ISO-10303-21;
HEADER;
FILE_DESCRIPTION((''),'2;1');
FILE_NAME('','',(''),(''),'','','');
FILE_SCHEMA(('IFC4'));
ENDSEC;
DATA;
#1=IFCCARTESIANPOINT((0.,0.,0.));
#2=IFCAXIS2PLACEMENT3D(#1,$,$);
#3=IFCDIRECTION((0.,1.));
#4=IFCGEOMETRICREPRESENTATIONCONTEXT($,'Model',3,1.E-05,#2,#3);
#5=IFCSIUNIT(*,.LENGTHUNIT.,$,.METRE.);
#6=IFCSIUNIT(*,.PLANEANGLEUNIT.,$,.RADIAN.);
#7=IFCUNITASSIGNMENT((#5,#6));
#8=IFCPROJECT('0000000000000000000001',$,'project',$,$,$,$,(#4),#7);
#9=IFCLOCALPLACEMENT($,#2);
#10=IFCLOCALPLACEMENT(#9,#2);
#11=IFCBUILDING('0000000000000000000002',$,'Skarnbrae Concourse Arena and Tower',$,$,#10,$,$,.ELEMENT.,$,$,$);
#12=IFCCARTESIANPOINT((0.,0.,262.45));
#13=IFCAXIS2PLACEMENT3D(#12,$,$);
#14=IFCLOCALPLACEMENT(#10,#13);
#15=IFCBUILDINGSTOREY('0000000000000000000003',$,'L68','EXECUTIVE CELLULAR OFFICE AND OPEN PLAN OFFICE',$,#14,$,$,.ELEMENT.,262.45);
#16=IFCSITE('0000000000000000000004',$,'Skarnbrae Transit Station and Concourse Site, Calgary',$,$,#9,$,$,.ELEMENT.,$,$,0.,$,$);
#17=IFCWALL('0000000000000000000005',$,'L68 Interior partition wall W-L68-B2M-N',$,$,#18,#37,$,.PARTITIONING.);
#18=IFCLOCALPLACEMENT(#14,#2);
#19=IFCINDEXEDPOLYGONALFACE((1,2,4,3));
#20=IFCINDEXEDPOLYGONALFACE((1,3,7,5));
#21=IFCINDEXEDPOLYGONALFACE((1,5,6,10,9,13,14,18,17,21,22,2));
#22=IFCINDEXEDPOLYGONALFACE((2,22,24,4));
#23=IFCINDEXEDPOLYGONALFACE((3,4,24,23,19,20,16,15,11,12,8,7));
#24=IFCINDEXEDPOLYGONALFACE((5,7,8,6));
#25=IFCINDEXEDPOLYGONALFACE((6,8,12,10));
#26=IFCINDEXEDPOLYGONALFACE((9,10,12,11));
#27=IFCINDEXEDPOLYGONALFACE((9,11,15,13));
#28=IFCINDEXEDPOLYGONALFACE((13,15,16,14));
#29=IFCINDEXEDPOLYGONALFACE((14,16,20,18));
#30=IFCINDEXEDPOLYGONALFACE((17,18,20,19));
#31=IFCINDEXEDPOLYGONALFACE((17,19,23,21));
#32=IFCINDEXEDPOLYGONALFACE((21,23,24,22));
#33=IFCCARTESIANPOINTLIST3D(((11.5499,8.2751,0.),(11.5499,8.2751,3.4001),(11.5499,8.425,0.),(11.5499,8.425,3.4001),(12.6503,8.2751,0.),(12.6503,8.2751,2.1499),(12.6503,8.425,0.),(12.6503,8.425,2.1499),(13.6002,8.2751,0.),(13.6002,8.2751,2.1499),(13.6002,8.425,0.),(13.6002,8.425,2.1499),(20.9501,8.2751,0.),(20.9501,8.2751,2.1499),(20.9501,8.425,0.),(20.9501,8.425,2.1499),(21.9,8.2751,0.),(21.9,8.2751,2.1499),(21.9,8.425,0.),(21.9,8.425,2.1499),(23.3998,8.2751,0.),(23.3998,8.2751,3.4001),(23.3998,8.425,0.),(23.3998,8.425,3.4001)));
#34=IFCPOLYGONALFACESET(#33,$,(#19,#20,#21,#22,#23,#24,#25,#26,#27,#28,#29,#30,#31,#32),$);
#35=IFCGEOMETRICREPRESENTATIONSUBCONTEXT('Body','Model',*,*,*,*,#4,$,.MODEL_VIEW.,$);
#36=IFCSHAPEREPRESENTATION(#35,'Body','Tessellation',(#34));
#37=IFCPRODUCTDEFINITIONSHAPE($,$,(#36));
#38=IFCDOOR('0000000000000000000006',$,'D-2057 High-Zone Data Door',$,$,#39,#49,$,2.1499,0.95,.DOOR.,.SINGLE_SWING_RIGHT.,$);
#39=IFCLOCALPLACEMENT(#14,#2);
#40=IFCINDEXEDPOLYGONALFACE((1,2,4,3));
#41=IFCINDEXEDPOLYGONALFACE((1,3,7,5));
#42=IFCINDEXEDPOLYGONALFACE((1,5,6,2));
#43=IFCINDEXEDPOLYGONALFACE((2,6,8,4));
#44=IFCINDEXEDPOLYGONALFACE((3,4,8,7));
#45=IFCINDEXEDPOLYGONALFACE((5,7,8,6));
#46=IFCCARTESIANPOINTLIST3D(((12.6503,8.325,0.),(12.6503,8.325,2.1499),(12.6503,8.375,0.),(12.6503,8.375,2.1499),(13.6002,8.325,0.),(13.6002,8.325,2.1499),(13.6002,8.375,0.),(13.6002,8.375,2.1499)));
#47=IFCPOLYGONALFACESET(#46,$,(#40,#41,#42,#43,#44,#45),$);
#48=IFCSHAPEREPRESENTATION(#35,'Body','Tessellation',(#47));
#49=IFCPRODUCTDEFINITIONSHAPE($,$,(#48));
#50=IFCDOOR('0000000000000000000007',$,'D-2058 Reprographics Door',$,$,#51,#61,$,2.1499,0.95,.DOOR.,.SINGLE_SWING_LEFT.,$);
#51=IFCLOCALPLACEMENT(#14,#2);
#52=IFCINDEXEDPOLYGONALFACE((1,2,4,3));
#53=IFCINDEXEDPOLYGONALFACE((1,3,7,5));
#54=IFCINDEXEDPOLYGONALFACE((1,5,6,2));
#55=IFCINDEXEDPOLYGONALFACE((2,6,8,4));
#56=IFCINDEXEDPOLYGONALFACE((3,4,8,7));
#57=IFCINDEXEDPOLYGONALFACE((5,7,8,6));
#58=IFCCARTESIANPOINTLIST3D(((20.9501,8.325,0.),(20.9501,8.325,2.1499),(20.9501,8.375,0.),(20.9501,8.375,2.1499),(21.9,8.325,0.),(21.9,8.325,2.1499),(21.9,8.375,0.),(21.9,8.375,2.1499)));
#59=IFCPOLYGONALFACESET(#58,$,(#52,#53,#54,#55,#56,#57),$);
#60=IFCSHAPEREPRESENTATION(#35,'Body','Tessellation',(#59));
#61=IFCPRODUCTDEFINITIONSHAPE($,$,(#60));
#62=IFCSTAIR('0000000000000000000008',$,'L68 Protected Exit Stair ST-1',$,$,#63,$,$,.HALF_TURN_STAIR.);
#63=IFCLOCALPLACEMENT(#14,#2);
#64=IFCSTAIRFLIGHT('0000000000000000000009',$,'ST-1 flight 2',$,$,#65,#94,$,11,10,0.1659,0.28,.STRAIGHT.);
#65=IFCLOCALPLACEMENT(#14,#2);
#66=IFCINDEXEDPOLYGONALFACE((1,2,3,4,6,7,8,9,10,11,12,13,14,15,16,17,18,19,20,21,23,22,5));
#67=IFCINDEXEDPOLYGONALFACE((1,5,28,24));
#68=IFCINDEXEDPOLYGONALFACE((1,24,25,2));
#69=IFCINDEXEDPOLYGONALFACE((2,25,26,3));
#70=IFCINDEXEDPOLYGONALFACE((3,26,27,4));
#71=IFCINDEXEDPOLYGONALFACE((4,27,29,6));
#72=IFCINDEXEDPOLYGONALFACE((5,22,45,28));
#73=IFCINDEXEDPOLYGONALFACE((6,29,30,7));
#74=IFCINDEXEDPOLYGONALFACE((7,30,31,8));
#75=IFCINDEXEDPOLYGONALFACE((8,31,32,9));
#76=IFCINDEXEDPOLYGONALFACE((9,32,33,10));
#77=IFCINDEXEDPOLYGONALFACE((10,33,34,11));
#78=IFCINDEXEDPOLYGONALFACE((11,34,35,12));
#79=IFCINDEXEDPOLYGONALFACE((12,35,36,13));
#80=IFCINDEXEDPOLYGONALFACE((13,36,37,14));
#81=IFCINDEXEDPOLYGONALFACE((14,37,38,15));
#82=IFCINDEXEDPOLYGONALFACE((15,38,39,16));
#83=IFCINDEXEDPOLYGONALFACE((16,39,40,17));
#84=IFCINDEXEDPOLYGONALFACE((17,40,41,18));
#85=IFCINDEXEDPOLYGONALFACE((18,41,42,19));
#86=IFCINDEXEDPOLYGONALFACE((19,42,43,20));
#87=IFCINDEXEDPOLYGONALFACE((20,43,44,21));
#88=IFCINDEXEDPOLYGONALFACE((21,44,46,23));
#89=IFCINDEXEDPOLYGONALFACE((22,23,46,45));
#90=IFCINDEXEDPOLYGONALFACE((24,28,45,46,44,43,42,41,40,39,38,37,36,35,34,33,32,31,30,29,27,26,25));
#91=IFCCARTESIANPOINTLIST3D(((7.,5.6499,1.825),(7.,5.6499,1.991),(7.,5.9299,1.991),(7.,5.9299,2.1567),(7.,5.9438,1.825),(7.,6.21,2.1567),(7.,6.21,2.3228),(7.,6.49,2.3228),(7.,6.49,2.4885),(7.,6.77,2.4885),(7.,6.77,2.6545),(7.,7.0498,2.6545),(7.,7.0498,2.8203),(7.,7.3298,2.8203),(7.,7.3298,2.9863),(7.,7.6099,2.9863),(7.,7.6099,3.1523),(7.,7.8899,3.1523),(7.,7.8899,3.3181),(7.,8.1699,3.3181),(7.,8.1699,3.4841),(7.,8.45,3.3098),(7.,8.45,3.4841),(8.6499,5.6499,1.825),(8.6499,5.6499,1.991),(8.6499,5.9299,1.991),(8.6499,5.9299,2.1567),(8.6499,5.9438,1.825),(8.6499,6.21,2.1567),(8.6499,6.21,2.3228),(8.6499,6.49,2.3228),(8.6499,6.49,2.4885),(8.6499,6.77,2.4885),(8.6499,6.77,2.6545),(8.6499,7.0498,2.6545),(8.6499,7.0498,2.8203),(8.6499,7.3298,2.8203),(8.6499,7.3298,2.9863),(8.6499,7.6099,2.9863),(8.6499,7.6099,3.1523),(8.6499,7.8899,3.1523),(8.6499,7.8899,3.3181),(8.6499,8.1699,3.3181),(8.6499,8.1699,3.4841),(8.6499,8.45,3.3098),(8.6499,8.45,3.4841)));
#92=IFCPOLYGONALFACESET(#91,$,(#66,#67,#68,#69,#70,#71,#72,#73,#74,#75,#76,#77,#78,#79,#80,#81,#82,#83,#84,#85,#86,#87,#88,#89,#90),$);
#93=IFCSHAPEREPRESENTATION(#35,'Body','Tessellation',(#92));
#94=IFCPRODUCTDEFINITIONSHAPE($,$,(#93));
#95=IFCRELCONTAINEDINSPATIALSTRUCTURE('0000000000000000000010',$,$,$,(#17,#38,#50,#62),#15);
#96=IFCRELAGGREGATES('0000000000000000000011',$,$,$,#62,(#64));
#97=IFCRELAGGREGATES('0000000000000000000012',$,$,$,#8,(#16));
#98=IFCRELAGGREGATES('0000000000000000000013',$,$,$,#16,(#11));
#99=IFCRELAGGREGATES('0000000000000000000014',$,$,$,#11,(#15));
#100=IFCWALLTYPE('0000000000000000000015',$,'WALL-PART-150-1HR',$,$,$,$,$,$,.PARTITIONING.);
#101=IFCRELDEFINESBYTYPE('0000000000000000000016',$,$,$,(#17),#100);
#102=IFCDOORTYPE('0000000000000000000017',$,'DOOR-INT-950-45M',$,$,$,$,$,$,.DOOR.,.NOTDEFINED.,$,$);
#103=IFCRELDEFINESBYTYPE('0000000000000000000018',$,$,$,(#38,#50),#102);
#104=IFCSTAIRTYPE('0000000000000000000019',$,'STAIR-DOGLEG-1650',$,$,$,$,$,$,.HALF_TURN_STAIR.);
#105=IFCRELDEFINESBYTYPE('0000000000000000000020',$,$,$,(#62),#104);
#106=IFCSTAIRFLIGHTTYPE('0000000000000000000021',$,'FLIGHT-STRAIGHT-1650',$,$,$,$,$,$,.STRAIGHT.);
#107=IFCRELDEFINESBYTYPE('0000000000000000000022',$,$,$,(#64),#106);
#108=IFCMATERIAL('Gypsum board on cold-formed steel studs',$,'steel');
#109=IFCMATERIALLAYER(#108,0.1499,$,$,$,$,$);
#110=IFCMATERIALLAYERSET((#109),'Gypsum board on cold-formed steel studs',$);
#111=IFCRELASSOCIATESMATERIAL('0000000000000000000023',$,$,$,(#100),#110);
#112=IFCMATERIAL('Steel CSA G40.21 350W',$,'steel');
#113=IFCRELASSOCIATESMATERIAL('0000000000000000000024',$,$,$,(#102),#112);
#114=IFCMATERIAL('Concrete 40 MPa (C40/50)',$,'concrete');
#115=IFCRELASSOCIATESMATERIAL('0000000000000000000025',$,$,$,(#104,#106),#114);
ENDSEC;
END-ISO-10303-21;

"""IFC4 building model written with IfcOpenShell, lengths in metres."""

from ifc_helpers import new_model, si_unit, direction, frame, frame_2d, origin, place, context, subcontext, project, spatial, polyline, rectangle, outline, extrude, source, transform, mapped, material, layer, layer_set, type_object, element, fill, aggregate, save


model = new_model("IFC4")

# Units and contexts
model_context = context("Model", 3, precision=1e-05, world=origin(), true_north=direction((0.0, 1.0)))
body_context = subcontext(model_context, "Body", "Model", "MODEL_VIEW")
ifc_project = project(units=[si_unit("LENGTHUNIT", "METRE"), si_unit("PLANEANGLEUNIT", "RADIAN")], contexts=[model_context])

# Site, building, storey
site_placement = place(None, origin())
site = spatial("IfcSite", under=ifc_project, at=site_placement, Name="Skarnbrae Transit Station and Concourse Site, Calgary", CompositionType="ELEMENT", RefElevation=0.0)
building_placement = place(site_placement, origin())
building = spatial("IfcBuilding", under=site, at=building_placement, Name="Skarnbrae Concourse Arena and Tower", CompositionType="ELEMENT")
storey_placement = place(building_placement, frame((0.0, 0.0, 262.45)))
storey = spatial("IfcBuildingStorey", under=building, at=storey_placement, Name="L68", Description="EXECUTIVE CELLULAR OFFICE AND OPEN PLAN OFFICE", CompositionType="ELEMENT", Elevation=262.45)

# Shared definitions
ifc_material_1 = material(Name="Gypsum board on cold-formed steel studs", Category="steel")

# Shared definitions
ifc_material_2 = material(Name="Steel CSA G40.21 350W", Category="steel")

# Shared definitions
ifc_layer_1 = layer(ifc_material_1, 0.1499)
ifc_layer_set_1 = layer_set([ifc_layer_1], Name="Gypsum board on cold-formed steel studs")
wall_type_1 = type_object("IfcWallType", Name="WALL-PART-150-1HR", PredefinedType="PARTITIONING", material=ifc_layer_set_1)

# Shared definitions
door_type_1 = type_object("IfcDoorType", Name="DOOR-INT-950-45M", OperationType="NOTDEFINED", PredefinedType="DOOR", material=ifc_material_2)
shared_shape_1 = source(origin(), body_context, "Body", "SweptSolid", [
    extrude(rectangle(XDim=0.95, YDim=2.1499, at=frame_2d((0.4751, 1.075))), frame((0.0, 0.0249, 0.0), z_axis=(0.0, -1.0, 0.0), x_axis=(1.0, 0.0, 0.0)), (0.0, 0.0, 1.0), 0.05),
])

# Shared definitions
shared_shape_2 = source(origin(), body_context, "Body", "SweptSolid", [
    extrude(rectangle(XDim=11.8499, YDim=0.1499, at=frame_2d((5.9248, 0.0))), origin(), (0.0, 0.0, 1.0), 3.4001),
])

# Wall, openings, doors
wall_1_placement = place(storey_placement, frame((11.55, 8.3501, 0.0), z_axis=(0.0, 0.0, 1.0), x_axis=(1.0, 0.0, 0.0)))
wall_1 = element("IfcWall", 1, at=wall_1_placement, inside=storey, type_object=wall_type_1, Name="L68 Interior partition wall W-L68-B2M-N", PredefinedType="PARTITIONING", context=body_context, shape_type="MappedRepresentation", body=[
    mapped(shared_shape_2, transform((0.0, 0.0, 0.0))),
])
opening_1_placement = place(wall_1_placement, frame((1.1001, 0.0, 0.0)))
opening_1 = element("IfcOpeningElement", 2, at=opening_1_placement, cuts=wall_1, PredefinedType="OPENING", context=body_context, shape_type="SweptSolid", body=[
    extrude(rectangle(XDim=0.95, YDim=2.1499, at=frame_2d((0.4751, 1.075))), frame((0.0, 0.085, 0.0), z_axis=(0.0, -1.0, 0.0), x_axis=(1.0, 0.0, 0.0)), (0.0, 0.0, 1.0), 0.1699),
])
opening_2_placement = place(wall_1_placement, frame((9.3999, 0.0, 0.0)))
opening_2 = element("IfcOpeningElement", 3, at=opening_2_placement, cuts=wall_1, PredefinedType="OPENING", context=body_context, shape_type="SweptSolid", body=[
    extrude(rectangle(XDim=0.95, YDim=2.1499, at=frame_2d((0.4751, 1.075))), frame((0.0, 0.085, 0.0), z_axis=(0.0, -1.0, 0.0), x_axis=(1.0, 0.0, 0.0)), (0.0, 0.0, 1.0), 0.1699),
])
door_1_placement = place(opening_1_placement, origin())
door_1 = element("IfcDoor", 4, at=door_1_placement, inside=storey, type_object=door_type_1, Name="D-2057 High-Zone Data Door", OperationType="SINGLE_SWING_RIGHT", OverallHeight=2.1499, OverallWidth=0.95, PredefinedType="DOOR", context=body_context, shape_type="MappedRepresentation", body=[
    mapped(shared_shape_1, transform((0.0, 0.0, 0.0))),
])
fill(opening_1, door_1)
door_2_placement = place(opening_2_placement, origin())
door_2 = element("IfcDoor", 5, at=door_2_placement, inside=storey, type_object=door_type_1, Name="D-2058 Reprographics Door", OperationType="SINGLE_SWING_LEFT", OverallHeight=2.1499, OverallWidth=0.95, PredefinedType="DOOR", context=body_context, shape_type="MappedRepresentation", body=[
    mapped(shared_shape_1, transform((0.0, 0.0, 0.0))),
])
fill(opening_2, door_2)

# Stair, stair flight
ifc_material_3 = material(Name="Concrete 40 MPa (C40/50)", Category="concrete")
stair_type = type_object("IfcStairType", Name="STAIR-DOGLEG-1650", PredefinedType="HALF_TURN_STAIR", material=ifc_material_3)
stair_placement = place(storey_placement, origin())
stair = element("IfcStair", 6, at=stair_placement, inside=storey, type_object=stair_type, Name="L68 Protected Exit Stair ST-1", PredefinedType="HALF_TURN_STAIR")
stair_flight_type = type_object("IfcStairFlightType", Name="FLIGHT-STRAIGHT-1650", PredefinedType="STRAIGHT", material=ifc_material_3)
shared_shape_3 = source(origin(), body_context, "Body", "SweptSolid", [
    extrude(outline(polyline([(0.0, 0.0), (0.0, 0.166), (0.28, 0.166), (0.28, 0.3318), (0.5601, 0.3318), (0.5601, 0.4978), (0.8401, 0.4978), (0.8401, 0.6636), (1.1201, 0.6636), (1.1201, 0.8296), (1.3999, 0.8296), (1.3999, 0.9954), (1.6799, 0.9954), (1.6799, 1.1614), (1.96, 1.1614), (1.96, 1.3274), (2.24, 1.3274), (2.24, 1.4932), (2.52, 1.4932), (2.52, 1.6592), (2.8, 1.6592), (2.8, 1.825), (2.8, 1.4849), (0.2939, 0.0), (0.0, 0.0)])), frame((0.0, 0.825, 0.0), z_axis=(0.0, -1.0, 0.0), x_axis=(1.0, 0.0, 0.0)), (0.0, 0.0, 1.0), 1.6499),
])
stair_flight_placement = place(storey_placement, frame((7.825, 5.6499, 1.825), z_axis=(0.0, 0.0, 1.0), x_axis=(0.0, 1.0, 0.0)))
stair_flight = element("IfcStairFlight", 7, at=stair_flight_placement, type_object=stair_flight_type, Name="ST-1 flight 2", NumberOfRisers=11, NumberOfTreads=10, PredefinedType="STRAIGHT", RiserHeight=0.1659, TreadLength=0.28, context=body_context, shape_type="MappedRepresentation", body=[
    mapped(shared_shape_3, transform((0.0, 0.0, 0.0))),
])
aggregate(stair, [stair_flight])

save(model, "model.ifc")
